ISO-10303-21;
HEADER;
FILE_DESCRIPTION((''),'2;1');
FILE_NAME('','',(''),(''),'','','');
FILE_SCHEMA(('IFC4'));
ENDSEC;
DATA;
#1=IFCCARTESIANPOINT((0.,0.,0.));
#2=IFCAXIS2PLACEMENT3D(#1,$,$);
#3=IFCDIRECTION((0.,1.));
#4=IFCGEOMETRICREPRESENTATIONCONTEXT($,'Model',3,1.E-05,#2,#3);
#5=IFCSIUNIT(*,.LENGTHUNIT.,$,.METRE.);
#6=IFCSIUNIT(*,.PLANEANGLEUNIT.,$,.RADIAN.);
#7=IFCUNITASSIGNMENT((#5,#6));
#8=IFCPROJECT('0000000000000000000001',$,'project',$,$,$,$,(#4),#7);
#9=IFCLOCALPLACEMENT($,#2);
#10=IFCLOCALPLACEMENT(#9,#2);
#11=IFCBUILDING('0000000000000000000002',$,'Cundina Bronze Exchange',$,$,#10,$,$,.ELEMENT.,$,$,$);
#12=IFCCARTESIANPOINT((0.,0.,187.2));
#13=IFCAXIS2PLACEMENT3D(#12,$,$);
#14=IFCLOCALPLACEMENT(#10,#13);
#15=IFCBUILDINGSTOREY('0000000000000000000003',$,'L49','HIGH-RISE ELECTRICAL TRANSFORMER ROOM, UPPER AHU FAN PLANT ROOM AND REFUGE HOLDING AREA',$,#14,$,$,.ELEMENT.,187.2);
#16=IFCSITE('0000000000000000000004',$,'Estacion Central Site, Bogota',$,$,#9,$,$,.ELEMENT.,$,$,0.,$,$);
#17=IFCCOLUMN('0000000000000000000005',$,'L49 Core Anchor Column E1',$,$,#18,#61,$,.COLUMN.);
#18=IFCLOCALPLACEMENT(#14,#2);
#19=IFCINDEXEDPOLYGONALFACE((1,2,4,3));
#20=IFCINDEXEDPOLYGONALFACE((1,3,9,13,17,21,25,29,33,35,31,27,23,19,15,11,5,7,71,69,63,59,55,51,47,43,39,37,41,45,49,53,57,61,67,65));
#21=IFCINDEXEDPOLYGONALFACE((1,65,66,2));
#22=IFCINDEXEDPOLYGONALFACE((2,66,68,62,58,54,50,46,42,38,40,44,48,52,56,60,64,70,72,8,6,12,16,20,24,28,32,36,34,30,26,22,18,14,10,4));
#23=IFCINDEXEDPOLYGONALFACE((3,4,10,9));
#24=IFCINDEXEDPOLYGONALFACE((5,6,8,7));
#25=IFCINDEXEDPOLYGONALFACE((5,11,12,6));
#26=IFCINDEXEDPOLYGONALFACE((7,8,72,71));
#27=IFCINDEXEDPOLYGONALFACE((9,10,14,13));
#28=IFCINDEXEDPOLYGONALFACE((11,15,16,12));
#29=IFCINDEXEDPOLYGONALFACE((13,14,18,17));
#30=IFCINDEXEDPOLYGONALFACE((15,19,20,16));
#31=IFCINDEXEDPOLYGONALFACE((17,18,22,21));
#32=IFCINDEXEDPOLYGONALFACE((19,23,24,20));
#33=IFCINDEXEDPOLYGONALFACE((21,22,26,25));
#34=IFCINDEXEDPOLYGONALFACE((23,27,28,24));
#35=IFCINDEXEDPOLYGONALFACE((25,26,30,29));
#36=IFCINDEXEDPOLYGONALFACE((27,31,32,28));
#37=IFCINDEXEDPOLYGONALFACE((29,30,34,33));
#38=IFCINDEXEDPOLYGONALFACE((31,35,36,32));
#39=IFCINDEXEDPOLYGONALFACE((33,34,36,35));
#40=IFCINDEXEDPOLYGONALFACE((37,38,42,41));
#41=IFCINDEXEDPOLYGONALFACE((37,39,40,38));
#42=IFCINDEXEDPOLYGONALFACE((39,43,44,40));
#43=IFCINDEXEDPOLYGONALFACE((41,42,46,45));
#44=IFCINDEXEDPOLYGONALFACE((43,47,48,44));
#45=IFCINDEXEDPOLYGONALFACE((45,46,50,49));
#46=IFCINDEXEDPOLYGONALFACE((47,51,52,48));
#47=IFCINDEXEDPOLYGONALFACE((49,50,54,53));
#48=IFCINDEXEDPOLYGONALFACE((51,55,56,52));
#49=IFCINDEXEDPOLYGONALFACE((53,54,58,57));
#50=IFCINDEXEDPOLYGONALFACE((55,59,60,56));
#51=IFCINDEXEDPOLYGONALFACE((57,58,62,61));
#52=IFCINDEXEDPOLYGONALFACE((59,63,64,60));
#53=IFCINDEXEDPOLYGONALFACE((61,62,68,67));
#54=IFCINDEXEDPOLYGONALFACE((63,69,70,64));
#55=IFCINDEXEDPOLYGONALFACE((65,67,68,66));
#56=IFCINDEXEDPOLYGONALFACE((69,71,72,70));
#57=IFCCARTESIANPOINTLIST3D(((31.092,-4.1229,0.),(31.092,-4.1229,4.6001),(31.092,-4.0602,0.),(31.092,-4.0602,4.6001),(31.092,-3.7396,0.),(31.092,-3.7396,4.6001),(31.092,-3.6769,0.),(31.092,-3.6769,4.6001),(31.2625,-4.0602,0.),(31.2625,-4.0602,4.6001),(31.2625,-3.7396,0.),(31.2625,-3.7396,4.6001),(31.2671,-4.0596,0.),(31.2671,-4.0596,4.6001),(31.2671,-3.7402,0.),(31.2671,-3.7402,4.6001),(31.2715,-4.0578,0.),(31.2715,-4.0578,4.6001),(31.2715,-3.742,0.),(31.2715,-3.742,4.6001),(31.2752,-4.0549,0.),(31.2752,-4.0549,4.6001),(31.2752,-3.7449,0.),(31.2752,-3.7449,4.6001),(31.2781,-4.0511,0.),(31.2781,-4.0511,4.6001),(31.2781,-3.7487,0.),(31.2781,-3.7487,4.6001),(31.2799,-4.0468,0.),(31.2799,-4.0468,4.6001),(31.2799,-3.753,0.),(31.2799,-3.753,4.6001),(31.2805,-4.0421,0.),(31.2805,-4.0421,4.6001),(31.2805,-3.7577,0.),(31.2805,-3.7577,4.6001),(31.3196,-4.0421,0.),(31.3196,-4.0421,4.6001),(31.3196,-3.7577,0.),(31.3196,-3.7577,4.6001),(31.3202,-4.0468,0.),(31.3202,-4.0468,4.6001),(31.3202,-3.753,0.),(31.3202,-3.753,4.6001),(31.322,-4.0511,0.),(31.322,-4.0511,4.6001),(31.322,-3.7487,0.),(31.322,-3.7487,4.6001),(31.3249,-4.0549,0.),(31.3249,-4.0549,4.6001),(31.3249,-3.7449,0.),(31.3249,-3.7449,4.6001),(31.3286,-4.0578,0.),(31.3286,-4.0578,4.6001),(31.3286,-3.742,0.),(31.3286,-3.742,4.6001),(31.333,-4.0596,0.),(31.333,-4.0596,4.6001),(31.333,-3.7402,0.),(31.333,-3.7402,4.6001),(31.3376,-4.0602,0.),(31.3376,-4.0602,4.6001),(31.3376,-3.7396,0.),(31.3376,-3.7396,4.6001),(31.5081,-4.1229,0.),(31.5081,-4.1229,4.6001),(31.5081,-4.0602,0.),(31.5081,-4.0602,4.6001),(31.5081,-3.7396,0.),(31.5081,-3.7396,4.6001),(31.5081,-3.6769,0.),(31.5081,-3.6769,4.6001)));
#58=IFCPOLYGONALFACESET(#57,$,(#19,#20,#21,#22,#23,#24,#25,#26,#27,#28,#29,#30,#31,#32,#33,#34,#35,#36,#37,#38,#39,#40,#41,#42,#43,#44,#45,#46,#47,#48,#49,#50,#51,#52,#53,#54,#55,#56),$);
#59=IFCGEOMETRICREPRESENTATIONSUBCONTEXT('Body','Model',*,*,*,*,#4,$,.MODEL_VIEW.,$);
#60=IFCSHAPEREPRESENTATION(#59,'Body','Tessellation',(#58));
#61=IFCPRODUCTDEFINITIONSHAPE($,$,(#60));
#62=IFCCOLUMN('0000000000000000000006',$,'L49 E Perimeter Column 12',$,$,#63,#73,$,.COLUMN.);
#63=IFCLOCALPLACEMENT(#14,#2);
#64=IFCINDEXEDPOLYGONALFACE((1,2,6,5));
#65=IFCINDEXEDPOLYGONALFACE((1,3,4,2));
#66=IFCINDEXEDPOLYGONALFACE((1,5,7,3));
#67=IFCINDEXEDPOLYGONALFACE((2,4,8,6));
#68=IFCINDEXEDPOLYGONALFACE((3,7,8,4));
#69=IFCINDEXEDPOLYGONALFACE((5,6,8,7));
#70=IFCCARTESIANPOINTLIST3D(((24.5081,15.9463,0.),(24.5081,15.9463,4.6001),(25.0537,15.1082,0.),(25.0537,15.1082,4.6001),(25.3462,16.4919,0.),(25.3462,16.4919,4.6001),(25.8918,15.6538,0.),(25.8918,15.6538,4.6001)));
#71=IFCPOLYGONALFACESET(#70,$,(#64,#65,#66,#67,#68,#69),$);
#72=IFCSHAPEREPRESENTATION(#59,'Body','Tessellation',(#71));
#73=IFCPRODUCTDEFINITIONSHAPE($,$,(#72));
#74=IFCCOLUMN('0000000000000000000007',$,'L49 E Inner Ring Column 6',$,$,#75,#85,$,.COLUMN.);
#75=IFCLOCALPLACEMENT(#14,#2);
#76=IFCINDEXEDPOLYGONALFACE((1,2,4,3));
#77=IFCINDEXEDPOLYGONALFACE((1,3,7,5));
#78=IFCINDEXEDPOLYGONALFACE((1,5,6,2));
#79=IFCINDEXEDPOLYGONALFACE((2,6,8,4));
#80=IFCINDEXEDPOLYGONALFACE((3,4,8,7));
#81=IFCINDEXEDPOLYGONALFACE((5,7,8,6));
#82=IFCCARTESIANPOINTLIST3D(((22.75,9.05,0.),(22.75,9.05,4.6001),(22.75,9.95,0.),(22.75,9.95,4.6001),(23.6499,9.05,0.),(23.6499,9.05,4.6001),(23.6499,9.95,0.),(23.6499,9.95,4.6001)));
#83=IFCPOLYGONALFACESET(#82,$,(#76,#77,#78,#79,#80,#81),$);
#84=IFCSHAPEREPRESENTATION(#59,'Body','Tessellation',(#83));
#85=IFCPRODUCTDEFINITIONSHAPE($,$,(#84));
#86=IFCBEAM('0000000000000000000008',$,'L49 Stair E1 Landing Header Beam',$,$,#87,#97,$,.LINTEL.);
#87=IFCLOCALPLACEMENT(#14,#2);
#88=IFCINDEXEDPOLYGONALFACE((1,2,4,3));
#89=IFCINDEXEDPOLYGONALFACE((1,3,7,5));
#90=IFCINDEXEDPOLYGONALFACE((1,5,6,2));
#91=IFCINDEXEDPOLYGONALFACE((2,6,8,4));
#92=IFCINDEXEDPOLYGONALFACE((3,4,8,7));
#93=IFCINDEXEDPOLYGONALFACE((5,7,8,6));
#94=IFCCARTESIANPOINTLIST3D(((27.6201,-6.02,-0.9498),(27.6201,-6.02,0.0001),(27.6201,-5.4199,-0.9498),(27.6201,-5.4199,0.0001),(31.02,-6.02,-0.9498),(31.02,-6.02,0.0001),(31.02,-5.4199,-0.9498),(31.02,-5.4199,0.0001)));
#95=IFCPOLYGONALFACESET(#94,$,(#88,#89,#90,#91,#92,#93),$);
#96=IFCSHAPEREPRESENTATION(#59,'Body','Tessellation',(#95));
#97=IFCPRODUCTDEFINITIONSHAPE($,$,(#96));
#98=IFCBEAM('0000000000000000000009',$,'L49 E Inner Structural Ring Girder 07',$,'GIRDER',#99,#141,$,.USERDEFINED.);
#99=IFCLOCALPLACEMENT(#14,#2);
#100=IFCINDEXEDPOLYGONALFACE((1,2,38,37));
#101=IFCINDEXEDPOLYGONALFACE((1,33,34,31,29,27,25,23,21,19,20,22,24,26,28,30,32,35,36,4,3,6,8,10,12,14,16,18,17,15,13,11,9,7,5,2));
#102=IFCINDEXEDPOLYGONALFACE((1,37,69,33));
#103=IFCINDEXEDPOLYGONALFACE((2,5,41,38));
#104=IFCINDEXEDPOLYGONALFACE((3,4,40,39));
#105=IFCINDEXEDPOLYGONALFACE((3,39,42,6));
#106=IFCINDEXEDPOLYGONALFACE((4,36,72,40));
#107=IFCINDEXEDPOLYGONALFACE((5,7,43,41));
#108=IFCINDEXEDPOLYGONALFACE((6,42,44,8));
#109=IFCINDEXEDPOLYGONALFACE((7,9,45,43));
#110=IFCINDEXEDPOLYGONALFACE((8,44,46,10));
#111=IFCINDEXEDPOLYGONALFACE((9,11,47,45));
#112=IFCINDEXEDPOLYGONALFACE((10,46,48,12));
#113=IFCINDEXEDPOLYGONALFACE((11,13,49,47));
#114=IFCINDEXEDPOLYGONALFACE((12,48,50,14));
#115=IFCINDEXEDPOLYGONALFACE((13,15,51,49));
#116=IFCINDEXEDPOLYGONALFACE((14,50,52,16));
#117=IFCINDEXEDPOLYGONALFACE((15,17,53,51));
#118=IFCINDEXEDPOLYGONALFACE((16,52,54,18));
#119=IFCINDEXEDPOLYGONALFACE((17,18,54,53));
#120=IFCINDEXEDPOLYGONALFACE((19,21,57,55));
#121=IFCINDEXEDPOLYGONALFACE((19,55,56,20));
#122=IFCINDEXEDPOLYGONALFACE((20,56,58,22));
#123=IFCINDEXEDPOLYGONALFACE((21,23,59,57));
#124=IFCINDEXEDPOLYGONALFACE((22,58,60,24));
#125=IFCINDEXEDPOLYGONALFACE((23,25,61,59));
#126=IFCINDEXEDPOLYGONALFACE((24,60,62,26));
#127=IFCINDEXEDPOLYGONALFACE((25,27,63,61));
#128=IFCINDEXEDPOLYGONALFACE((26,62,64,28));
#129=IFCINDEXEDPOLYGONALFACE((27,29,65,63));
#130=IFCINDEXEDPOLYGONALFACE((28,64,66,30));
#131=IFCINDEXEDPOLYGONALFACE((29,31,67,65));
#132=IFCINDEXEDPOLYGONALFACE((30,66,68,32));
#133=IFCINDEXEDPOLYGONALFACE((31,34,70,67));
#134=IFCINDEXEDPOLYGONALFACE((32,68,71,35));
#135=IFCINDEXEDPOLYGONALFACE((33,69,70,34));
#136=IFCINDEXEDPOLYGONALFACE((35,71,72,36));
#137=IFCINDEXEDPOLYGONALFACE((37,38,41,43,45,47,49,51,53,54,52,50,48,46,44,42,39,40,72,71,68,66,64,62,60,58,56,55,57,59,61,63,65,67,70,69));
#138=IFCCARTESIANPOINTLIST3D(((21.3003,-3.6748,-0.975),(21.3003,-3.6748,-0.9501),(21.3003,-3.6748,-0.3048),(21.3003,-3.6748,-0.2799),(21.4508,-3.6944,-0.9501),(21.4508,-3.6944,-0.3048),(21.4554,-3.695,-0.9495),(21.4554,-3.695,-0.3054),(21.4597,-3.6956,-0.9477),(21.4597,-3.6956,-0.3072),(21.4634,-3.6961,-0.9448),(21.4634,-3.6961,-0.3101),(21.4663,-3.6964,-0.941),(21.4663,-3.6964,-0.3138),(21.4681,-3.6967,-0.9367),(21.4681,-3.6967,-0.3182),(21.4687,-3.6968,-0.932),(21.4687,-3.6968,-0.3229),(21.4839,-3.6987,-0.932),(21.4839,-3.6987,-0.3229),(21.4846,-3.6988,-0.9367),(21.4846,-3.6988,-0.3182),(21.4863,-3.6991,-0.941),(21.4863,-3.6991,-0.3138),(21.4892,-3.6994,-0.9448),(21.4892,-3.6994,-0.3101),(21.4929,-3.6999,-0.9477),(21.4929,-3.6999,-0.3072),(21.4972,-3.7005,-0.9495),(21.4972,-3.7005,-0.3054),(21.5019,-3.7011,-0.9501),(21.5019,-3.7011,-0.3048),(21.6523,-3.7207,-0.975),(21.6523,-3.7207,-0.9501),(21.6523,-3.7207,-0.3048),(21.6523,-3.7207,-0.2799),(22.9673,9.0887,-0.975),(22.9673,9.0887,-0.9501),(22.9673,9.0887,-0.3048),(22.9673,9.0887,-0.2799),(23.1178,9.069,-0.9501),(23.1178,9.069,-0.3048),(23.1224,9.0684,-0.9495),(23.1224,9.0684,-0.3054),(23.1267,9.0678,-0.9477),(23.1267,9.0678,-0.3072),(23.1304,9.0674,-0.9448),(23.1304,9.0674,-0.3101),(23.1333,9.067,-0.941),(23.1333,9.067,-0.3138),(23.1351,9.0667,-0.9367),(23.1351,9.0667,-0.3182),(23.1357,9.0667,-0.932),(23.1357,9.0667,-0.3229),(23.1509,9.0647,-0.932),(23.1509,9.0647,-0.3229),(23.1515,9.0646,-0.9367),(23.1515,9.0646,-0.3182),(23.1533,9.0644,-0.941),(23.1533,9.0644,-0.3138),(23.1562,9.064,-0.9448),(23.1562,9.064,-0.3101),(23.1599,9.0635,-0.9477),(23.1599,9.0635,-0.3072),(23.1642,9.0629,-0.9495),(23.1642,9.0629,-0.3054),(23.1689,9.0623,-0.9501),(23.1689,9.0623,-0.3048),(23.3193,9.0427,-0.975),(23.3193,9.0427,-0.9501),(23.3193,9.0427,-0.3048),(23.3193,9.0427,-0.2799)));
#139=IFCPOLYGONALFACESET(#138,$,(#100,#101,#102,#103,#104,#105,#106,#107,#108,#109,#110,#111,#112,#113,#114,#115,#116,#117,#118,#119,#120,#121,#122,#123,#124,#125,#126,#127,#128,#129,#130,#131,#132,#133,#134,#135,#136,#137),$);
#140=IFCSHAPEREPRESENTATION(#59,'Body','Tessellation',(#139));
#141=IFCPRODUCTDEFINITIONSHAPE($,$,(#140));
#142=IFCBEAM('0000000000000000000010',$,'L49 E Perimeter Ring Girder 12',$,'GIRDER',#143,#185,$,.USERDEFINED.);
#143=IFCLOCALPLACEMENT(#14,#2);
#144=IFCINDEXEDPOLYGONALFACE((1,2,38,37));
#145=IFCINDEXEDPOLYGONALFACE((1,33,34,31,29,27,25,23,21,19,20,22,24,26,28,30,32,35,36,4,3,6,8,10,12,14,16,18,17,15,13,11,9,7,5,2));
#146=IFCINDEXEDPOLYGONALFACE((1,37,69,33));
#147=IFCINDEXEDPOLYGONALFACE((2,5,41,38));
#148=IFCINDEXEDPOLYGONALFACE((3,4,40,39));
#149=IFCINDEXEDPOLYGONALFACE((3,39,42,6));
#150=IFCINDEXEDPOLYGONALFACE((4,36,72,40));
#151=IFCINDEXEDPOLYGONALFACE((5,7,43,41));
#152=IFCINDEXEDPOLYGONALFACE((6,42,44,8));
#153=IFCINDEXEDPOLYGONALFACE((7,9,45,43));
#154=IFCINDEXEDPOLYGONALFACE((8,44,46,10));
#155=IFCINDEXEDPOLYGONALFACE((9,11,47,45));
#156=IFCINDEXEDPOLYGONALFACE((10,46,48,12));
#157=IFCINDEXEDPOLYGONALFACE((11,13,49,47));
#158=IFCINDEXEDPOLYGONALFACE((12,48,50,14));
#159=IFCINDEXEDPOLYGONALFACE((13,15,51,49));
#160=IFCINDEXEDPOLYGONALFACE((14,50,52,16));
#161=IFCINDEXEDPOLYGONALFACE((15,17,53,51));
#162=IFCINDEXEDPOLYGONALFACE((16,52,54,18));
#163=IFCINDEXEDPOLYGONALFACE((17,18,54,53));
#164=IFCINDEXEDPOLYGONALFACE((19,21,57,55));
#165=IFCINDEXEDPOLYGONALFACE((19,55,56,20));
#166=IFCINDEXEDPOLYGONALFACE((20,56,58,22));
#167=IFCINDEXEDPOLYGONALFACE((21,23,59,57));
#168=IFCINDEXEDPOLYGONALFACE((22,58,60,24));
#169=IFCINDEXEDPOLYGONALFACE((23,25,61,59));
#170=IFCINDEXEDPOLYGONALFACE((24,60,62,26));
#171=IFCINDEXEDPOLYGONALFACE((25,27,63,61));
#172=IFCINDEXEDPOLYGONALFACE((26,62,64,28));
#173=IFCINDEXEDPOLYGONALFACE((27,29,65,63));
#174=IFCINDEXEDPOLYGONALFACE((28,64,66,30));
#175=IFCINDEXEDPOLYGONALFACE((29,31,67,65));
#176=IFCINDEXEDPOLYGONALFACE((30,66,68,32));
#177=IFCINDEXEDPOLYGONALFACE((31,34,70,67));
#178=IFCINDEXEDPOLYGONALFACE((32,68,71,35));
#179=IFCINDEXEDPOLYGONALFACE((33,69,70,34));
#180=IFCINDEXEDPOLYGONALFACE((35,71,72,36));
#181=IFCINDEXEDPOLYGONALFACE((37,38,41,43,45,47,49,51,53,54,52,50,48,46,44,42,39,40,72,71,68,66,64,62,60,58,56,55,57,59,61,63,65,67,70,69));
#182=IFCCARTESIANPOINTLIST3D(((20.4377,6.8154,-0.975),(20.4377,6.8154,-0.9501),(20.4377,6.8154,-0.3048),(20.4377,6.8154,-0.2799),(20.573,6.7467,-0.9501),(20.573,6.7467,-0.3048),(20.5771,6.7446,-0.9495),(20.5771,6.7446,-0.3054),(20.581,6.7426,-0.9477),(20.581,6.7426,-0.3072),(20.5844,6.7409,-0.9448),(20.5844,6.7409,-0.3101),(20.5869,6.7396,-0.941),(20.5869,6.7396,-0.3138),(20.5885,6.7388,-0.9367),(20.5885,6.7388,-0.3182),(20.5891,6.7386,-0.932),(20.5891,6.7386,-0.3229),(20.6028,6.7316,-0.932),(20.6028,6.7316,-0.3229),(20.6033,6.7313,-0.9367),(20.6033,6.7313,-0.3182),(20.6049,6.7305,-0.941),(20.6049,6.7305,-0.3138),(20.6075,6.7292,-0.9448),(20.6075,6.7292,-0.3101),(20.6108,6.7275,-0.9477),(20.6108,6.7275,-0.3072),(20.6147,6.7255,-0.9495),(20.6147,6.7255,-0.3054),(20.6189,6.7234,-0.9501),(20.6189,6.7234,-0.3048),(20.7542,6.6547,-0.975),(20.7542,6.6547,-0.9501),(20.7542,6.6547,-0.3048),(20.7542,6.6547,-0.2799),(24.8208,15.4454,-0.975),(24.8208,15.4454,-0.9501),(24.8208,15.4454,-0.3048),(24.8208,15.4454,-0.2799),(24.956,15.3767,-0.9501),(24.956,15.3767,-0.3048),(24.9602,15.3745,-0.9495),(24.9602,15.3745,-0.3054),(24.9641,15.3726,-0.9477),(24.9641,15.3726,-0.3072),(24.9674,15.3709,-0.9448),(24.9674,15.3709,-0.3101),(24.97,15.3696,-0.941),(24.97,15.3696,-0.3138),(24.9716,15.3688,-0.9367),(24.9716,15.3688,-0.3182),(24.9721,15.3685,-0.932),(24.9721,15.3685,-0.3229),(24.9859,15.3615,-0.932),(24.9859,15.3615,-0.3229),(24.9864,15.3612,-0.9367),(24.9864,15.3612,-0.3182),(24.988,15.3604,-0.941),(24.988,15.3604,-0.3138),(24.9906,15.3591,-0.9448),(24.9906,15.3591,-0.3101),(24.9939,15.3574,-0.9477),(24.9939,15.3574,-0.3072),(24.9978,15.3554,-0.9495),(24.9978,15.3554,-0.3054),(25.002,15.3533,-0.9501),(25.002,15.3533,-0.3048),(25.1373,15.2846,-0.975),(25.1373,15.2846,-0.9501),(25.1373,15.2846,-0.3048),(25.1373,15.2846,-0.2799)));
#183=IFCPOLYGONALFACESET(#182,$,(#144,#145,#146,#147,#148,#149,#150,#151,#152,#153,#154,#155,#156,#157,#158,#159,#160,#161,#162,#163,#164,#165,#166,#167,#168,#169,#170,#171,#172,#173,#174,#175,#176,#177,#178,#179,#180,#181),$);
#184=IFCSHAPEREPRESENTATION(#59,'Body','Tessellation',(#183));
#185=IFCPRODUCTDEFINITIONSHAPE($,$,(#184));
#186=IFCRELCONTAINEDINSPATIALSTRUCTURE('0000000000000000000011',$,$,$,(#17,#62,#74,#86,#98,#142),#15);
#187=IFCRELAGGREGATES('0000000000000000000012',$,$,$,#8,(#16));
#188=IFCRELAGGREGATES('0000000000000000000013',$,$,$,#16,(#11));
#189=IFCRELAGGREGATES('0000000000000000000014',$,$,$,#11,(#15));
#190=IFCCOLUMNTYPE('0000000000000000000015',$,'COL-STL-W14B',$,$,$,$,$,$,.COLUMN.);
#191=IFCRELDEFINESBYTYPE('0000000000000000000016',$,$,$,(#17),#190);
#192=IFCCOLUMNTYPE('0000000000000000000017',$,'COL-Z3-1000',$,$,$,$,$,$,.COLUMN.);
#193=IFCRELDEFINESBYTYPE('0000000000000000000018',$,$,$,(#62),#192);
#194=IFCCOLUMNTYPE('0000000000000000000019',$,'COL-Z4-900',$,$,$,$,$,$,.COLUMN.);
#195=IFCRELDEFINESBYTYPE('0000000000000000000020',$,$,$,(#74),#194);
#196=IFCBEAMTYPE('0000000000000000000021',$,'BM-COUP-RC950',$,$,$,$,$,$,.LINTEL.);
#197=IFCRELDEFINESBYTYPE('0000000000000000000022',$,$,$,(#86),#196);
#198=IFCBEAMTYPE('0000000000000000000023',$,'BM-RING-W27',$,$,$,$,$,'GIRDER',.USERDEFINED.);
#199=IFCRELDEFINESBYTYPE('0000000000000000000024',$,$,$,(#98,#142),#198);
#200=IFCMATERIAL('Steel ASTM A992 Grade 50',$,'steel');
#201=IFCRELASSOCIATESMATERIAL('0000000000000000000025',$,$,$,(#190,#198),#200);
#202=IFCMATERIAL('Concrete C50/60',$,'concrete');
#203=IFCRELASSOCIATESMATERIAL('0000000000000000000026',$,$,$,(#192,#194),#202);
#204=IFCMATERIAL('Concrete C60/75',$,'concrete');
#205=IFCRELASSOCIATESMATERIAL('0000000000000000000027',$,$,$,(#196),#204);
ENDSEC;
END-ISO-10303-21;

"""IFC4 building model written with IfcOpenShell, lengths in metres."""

from ifc_helpers import new_model, si_unit, direction, frame, origin, origin_2d, place, context, subcontext, project, spatial, rectangle, i_section, extrude, material, material_profile, profile_set, type_object, element, save


model = new_model("IFC4")

# Units and contexts
model_context = context("Model", 3, precision=1e-05, world=origin(), true_north=direction((0.0, 1.0)))
body_context = subcontext(model_context, "Body", "Model", "MODEL_VIEW")
ifc_project = project(units=[si_unit("LENGTHUNIT", "METRE"), si_unit("PLANEANGLEUNIT", "RADIAN")], contexts=[model_context])

# Site, building, storey
site_placement = place(None, origin())
site = spatial("IfcSite", under=ifc_project, at=site_placement, Name="Estacion Central Site, Bogota", CompositionType="ELEMENT", RefElevation=0.0)
building_placement = place(site_placement, origin())
building = spatial("IfcBuilding", under=site, at=building_placement, Name="Cundina Bronze Exchange", CompositionType="ELEMENT")
storey_placement = place(building_placement, frame((0.0, 0.0, 187.2)))
storey = spatial("IfcBuildingStorey", under=building, at=storey_placement, Name="L49", Description="HIGH-RISE ELECTRICAL TRANSFORMER ROOM, UPPER AHU FAN PLANT ROOM AND REFUGE HOLDING AREA", CompositionType="ELEMENT", Elevation=187.2)

# Columns
ifc_material_1 = material(Name="Steel ASTM A992 Grade 50", Category="steel")
ifc_material_profile_1 = material_profile(ifc_material_1, i_section(OverallWidth=0.416, OverallDepth=0.446, WebThickness=0.0391, FlangeThickness=0.0627, FilletRadius=0.0181, at=origin_2d()), Name="W14X342", Category="steel")
ifc_profile_set_1 = profile_set([ifc_material_profile_1], Name="Steel ASTM A992 Grade 50")
column_type_1 = type_object("IfcColumnType", Name="COL-STL-W14B", PredefinedType="COLUMN", material=ifc_profile_set_1)
column_1_placement = place(storey_placement, frame((31.3, -3.8999, 0.0), z_axis=(0.0, 0.0, 1.0), x_axis=(1.0, 0.0, 0.0)))
element("IfcColumn", 1, at=column_1_placement, inside=storey, type_object=column_type_1, Name="L49 Core Anchor Column E1", PredefinedType="COLUMN", context=body_context, shape_type="SweptSolid", body=[
    extrude(i_section(OverallWidth=0.416, OverallDepth=0.446, WebThickness=0.0391, FlangeThickness=0.0627, FilletRadius=0.0181, at=origin_2d()), origin(), (0.0, 0.0, 1.0), 4.6001),
])
ifc_material_2 = material(Name="Concrete C50/60", Category="concrete")
ifc_material_profile_2 = material_profile(ifc_material_2, rectangle(XDim=1.0, YDim=1.0, at=origin_2d()), Name="RC1000X1000", Category="concrete")
ifc_profile_set_2 = profile_set([ifc_material_profile_2], Name="Concrete C50/60")
column_type_2 = type_object("IfcColumnType", Name="COL-Z3-1000", PredefinedType="COLUMN", material=ifc_profile_set_2)
column_2_placement = place(storey_placement, frame((25.2, 15.8, 0.0), z_axis=(0.0, 0.0, 1.0), x_axis=(-0.8381, -0.545517, 0.0)))
element("IfcColumn", 2, at=column_2_placement, inside=storey, type_object=column_type_2, Name="L49 E Perimeter Column 12", PredefinedType="COLUMN", context=body_context, shape_type="SweptSolid", body=[
    extrude(rectangle(XDim=1.0, YDim=1.0, at=origin_2d()), origin(), (0.0, 0.0, 1.0), 4.6001),
])
ifc_material_profile_3 = material_profile(ifc_material_2, rectangle(XDim=0.8999, YDim=0.8999, at=origin_2d()), Name="RC900X900", Category="concrete")
ifc_profile_set_3 = profile_set([ifc_material_profile_3], Name="Concrete C50/60")
column_type_3 = type_object("IfcColumnType", Name="COL-Z4-900", PredefinedType="COLUMN", material=ifc_profile_set_3)
column_3_placement = place(storey_placement, frame((23.2, 9.5, 0.0), z_axis=(0.0, 0.0, 1.0), x_axis=(1.0, 0.0, 0.0)))
element("IfcColumn", 3, at=column_3_placement, inside=storey, type_object=column_type_3, Name="L49 E Inner Ring Column 6", PredefinedType="COLUMN", context=body_context, shape_type="SweptSolid", body=[
    extrude(rectangle(XDim=0.8999, YDim=0.8999, at=origin_2d()), origin(), (0.0, 0.0, 1.0), 4.6001),
])

# Beams
ifc_material_3 = material(Name="Concrete C60/75", Category="concrete")
ifc_material_profile_4 = material_profile(ifc_material_3, rectangle(XDim=0.6001, YDim=0.95, at=origin_2d()), Name="RC600X950", Category="concrete")
ifc_profile_set_4 = profile_set([ifc_material_profile_4], Name="Concrete C60/75")
beam_type_1 = type_object("IfcBeamType", Name="BM-COUP-RC950", PredefinedType="LINTEL", material=ifc_profile_set_4)
beam_1_placement = place(storey_placement, frame((27.6201, -5.72, -0.4749), z_axis=(1.0, 0.0, 0.0), x_axis=(0.0, 1.0, 0.0)))
element("IfcBeam", 4, at=beam_1_placement, inside=storey, type_object=beam_type_1, Name="L49 Stair E1 Landing Header Beam", PredefinedType="LINTEL", context=body_context, shape_type="SweptSolid", body=[
    extrude(rectangle(XDim=0.6001, YDim=0.95, at=origin_2d()), origin(), (0.0, 0.0, 1.0), 3.3999),
])
ifc_material_profile_5 = material_profile(ifc_material_1, i_section(OverallWidth=0.355, OverallDepth=0.6951, WebThickness=0.0154, FlangeThickness=0.0249, FilletRadius=0.0181, at=origin_2d()), Name="W27X146", Category="steel")
ifc_profile_set_5 = profile_set([ifc_material_profile_5], Name="Steel ASTM A992 Grade 50")
beam_type_2 = type_object("IfcBeamType", Name="BM-RING-W27", ElementType="GIRDER", PredefinedType="USERDEFINED", material=ifc_profile_set_5)
beam_2_placement = place(storey_placement, frame((23.1433, 9.0657, -0.6274), z_axis=(-0.129507, -0.991579, 0.0), x_axis=(0.991579, -0.129507, 0.0)))
element("IfcBeam", 5, at=beam_2_placement, inside=storey, type_object=beam_type_2, Name="L49 E Inner Structural Ring Girder 07", ObjectType="GIRDER", PredefinedType="USERDEFINED", context=body_context, shape_type="SweptSolid", body=[
    extrude(i_section(OverallWidth=0.355, OverallDepth=0.6951, WebThickness=0.0154, FlangeThickness=0.0249, FilletRadius=0.0181, at=origin_2d()), origin(), (0.0, 0.0, 1.0), 12.8718),
])
beam_3_placement = place(storey_placement, frame((24.979, 15.365, -0.6274), z_axis=(-0.452835, -0.891595, 0.0), x_axis=(0.891595, -0.452835, 0.0)))
element("IfcBeam", 6, at=beam_3_placement, inside=storey, type_object=beam_type_2, Name="L49 E Perimeter Ring Girder 12", ObjectType="GIRDER", PredefinedType="USERDEFINED", context=body_context, shape_type="SweptSolid", body=[
    extrude(i_section(OverallWidth=0.355, OverallDepth=0.6951, WebThickness=0.0154, FlangeThickness=0.0249, FilletRadius=0.0181, at=origin_2d()), origin(), (0.0, 0.0, 1.0), 9.6792),
])

save(model, "model.ifc")
